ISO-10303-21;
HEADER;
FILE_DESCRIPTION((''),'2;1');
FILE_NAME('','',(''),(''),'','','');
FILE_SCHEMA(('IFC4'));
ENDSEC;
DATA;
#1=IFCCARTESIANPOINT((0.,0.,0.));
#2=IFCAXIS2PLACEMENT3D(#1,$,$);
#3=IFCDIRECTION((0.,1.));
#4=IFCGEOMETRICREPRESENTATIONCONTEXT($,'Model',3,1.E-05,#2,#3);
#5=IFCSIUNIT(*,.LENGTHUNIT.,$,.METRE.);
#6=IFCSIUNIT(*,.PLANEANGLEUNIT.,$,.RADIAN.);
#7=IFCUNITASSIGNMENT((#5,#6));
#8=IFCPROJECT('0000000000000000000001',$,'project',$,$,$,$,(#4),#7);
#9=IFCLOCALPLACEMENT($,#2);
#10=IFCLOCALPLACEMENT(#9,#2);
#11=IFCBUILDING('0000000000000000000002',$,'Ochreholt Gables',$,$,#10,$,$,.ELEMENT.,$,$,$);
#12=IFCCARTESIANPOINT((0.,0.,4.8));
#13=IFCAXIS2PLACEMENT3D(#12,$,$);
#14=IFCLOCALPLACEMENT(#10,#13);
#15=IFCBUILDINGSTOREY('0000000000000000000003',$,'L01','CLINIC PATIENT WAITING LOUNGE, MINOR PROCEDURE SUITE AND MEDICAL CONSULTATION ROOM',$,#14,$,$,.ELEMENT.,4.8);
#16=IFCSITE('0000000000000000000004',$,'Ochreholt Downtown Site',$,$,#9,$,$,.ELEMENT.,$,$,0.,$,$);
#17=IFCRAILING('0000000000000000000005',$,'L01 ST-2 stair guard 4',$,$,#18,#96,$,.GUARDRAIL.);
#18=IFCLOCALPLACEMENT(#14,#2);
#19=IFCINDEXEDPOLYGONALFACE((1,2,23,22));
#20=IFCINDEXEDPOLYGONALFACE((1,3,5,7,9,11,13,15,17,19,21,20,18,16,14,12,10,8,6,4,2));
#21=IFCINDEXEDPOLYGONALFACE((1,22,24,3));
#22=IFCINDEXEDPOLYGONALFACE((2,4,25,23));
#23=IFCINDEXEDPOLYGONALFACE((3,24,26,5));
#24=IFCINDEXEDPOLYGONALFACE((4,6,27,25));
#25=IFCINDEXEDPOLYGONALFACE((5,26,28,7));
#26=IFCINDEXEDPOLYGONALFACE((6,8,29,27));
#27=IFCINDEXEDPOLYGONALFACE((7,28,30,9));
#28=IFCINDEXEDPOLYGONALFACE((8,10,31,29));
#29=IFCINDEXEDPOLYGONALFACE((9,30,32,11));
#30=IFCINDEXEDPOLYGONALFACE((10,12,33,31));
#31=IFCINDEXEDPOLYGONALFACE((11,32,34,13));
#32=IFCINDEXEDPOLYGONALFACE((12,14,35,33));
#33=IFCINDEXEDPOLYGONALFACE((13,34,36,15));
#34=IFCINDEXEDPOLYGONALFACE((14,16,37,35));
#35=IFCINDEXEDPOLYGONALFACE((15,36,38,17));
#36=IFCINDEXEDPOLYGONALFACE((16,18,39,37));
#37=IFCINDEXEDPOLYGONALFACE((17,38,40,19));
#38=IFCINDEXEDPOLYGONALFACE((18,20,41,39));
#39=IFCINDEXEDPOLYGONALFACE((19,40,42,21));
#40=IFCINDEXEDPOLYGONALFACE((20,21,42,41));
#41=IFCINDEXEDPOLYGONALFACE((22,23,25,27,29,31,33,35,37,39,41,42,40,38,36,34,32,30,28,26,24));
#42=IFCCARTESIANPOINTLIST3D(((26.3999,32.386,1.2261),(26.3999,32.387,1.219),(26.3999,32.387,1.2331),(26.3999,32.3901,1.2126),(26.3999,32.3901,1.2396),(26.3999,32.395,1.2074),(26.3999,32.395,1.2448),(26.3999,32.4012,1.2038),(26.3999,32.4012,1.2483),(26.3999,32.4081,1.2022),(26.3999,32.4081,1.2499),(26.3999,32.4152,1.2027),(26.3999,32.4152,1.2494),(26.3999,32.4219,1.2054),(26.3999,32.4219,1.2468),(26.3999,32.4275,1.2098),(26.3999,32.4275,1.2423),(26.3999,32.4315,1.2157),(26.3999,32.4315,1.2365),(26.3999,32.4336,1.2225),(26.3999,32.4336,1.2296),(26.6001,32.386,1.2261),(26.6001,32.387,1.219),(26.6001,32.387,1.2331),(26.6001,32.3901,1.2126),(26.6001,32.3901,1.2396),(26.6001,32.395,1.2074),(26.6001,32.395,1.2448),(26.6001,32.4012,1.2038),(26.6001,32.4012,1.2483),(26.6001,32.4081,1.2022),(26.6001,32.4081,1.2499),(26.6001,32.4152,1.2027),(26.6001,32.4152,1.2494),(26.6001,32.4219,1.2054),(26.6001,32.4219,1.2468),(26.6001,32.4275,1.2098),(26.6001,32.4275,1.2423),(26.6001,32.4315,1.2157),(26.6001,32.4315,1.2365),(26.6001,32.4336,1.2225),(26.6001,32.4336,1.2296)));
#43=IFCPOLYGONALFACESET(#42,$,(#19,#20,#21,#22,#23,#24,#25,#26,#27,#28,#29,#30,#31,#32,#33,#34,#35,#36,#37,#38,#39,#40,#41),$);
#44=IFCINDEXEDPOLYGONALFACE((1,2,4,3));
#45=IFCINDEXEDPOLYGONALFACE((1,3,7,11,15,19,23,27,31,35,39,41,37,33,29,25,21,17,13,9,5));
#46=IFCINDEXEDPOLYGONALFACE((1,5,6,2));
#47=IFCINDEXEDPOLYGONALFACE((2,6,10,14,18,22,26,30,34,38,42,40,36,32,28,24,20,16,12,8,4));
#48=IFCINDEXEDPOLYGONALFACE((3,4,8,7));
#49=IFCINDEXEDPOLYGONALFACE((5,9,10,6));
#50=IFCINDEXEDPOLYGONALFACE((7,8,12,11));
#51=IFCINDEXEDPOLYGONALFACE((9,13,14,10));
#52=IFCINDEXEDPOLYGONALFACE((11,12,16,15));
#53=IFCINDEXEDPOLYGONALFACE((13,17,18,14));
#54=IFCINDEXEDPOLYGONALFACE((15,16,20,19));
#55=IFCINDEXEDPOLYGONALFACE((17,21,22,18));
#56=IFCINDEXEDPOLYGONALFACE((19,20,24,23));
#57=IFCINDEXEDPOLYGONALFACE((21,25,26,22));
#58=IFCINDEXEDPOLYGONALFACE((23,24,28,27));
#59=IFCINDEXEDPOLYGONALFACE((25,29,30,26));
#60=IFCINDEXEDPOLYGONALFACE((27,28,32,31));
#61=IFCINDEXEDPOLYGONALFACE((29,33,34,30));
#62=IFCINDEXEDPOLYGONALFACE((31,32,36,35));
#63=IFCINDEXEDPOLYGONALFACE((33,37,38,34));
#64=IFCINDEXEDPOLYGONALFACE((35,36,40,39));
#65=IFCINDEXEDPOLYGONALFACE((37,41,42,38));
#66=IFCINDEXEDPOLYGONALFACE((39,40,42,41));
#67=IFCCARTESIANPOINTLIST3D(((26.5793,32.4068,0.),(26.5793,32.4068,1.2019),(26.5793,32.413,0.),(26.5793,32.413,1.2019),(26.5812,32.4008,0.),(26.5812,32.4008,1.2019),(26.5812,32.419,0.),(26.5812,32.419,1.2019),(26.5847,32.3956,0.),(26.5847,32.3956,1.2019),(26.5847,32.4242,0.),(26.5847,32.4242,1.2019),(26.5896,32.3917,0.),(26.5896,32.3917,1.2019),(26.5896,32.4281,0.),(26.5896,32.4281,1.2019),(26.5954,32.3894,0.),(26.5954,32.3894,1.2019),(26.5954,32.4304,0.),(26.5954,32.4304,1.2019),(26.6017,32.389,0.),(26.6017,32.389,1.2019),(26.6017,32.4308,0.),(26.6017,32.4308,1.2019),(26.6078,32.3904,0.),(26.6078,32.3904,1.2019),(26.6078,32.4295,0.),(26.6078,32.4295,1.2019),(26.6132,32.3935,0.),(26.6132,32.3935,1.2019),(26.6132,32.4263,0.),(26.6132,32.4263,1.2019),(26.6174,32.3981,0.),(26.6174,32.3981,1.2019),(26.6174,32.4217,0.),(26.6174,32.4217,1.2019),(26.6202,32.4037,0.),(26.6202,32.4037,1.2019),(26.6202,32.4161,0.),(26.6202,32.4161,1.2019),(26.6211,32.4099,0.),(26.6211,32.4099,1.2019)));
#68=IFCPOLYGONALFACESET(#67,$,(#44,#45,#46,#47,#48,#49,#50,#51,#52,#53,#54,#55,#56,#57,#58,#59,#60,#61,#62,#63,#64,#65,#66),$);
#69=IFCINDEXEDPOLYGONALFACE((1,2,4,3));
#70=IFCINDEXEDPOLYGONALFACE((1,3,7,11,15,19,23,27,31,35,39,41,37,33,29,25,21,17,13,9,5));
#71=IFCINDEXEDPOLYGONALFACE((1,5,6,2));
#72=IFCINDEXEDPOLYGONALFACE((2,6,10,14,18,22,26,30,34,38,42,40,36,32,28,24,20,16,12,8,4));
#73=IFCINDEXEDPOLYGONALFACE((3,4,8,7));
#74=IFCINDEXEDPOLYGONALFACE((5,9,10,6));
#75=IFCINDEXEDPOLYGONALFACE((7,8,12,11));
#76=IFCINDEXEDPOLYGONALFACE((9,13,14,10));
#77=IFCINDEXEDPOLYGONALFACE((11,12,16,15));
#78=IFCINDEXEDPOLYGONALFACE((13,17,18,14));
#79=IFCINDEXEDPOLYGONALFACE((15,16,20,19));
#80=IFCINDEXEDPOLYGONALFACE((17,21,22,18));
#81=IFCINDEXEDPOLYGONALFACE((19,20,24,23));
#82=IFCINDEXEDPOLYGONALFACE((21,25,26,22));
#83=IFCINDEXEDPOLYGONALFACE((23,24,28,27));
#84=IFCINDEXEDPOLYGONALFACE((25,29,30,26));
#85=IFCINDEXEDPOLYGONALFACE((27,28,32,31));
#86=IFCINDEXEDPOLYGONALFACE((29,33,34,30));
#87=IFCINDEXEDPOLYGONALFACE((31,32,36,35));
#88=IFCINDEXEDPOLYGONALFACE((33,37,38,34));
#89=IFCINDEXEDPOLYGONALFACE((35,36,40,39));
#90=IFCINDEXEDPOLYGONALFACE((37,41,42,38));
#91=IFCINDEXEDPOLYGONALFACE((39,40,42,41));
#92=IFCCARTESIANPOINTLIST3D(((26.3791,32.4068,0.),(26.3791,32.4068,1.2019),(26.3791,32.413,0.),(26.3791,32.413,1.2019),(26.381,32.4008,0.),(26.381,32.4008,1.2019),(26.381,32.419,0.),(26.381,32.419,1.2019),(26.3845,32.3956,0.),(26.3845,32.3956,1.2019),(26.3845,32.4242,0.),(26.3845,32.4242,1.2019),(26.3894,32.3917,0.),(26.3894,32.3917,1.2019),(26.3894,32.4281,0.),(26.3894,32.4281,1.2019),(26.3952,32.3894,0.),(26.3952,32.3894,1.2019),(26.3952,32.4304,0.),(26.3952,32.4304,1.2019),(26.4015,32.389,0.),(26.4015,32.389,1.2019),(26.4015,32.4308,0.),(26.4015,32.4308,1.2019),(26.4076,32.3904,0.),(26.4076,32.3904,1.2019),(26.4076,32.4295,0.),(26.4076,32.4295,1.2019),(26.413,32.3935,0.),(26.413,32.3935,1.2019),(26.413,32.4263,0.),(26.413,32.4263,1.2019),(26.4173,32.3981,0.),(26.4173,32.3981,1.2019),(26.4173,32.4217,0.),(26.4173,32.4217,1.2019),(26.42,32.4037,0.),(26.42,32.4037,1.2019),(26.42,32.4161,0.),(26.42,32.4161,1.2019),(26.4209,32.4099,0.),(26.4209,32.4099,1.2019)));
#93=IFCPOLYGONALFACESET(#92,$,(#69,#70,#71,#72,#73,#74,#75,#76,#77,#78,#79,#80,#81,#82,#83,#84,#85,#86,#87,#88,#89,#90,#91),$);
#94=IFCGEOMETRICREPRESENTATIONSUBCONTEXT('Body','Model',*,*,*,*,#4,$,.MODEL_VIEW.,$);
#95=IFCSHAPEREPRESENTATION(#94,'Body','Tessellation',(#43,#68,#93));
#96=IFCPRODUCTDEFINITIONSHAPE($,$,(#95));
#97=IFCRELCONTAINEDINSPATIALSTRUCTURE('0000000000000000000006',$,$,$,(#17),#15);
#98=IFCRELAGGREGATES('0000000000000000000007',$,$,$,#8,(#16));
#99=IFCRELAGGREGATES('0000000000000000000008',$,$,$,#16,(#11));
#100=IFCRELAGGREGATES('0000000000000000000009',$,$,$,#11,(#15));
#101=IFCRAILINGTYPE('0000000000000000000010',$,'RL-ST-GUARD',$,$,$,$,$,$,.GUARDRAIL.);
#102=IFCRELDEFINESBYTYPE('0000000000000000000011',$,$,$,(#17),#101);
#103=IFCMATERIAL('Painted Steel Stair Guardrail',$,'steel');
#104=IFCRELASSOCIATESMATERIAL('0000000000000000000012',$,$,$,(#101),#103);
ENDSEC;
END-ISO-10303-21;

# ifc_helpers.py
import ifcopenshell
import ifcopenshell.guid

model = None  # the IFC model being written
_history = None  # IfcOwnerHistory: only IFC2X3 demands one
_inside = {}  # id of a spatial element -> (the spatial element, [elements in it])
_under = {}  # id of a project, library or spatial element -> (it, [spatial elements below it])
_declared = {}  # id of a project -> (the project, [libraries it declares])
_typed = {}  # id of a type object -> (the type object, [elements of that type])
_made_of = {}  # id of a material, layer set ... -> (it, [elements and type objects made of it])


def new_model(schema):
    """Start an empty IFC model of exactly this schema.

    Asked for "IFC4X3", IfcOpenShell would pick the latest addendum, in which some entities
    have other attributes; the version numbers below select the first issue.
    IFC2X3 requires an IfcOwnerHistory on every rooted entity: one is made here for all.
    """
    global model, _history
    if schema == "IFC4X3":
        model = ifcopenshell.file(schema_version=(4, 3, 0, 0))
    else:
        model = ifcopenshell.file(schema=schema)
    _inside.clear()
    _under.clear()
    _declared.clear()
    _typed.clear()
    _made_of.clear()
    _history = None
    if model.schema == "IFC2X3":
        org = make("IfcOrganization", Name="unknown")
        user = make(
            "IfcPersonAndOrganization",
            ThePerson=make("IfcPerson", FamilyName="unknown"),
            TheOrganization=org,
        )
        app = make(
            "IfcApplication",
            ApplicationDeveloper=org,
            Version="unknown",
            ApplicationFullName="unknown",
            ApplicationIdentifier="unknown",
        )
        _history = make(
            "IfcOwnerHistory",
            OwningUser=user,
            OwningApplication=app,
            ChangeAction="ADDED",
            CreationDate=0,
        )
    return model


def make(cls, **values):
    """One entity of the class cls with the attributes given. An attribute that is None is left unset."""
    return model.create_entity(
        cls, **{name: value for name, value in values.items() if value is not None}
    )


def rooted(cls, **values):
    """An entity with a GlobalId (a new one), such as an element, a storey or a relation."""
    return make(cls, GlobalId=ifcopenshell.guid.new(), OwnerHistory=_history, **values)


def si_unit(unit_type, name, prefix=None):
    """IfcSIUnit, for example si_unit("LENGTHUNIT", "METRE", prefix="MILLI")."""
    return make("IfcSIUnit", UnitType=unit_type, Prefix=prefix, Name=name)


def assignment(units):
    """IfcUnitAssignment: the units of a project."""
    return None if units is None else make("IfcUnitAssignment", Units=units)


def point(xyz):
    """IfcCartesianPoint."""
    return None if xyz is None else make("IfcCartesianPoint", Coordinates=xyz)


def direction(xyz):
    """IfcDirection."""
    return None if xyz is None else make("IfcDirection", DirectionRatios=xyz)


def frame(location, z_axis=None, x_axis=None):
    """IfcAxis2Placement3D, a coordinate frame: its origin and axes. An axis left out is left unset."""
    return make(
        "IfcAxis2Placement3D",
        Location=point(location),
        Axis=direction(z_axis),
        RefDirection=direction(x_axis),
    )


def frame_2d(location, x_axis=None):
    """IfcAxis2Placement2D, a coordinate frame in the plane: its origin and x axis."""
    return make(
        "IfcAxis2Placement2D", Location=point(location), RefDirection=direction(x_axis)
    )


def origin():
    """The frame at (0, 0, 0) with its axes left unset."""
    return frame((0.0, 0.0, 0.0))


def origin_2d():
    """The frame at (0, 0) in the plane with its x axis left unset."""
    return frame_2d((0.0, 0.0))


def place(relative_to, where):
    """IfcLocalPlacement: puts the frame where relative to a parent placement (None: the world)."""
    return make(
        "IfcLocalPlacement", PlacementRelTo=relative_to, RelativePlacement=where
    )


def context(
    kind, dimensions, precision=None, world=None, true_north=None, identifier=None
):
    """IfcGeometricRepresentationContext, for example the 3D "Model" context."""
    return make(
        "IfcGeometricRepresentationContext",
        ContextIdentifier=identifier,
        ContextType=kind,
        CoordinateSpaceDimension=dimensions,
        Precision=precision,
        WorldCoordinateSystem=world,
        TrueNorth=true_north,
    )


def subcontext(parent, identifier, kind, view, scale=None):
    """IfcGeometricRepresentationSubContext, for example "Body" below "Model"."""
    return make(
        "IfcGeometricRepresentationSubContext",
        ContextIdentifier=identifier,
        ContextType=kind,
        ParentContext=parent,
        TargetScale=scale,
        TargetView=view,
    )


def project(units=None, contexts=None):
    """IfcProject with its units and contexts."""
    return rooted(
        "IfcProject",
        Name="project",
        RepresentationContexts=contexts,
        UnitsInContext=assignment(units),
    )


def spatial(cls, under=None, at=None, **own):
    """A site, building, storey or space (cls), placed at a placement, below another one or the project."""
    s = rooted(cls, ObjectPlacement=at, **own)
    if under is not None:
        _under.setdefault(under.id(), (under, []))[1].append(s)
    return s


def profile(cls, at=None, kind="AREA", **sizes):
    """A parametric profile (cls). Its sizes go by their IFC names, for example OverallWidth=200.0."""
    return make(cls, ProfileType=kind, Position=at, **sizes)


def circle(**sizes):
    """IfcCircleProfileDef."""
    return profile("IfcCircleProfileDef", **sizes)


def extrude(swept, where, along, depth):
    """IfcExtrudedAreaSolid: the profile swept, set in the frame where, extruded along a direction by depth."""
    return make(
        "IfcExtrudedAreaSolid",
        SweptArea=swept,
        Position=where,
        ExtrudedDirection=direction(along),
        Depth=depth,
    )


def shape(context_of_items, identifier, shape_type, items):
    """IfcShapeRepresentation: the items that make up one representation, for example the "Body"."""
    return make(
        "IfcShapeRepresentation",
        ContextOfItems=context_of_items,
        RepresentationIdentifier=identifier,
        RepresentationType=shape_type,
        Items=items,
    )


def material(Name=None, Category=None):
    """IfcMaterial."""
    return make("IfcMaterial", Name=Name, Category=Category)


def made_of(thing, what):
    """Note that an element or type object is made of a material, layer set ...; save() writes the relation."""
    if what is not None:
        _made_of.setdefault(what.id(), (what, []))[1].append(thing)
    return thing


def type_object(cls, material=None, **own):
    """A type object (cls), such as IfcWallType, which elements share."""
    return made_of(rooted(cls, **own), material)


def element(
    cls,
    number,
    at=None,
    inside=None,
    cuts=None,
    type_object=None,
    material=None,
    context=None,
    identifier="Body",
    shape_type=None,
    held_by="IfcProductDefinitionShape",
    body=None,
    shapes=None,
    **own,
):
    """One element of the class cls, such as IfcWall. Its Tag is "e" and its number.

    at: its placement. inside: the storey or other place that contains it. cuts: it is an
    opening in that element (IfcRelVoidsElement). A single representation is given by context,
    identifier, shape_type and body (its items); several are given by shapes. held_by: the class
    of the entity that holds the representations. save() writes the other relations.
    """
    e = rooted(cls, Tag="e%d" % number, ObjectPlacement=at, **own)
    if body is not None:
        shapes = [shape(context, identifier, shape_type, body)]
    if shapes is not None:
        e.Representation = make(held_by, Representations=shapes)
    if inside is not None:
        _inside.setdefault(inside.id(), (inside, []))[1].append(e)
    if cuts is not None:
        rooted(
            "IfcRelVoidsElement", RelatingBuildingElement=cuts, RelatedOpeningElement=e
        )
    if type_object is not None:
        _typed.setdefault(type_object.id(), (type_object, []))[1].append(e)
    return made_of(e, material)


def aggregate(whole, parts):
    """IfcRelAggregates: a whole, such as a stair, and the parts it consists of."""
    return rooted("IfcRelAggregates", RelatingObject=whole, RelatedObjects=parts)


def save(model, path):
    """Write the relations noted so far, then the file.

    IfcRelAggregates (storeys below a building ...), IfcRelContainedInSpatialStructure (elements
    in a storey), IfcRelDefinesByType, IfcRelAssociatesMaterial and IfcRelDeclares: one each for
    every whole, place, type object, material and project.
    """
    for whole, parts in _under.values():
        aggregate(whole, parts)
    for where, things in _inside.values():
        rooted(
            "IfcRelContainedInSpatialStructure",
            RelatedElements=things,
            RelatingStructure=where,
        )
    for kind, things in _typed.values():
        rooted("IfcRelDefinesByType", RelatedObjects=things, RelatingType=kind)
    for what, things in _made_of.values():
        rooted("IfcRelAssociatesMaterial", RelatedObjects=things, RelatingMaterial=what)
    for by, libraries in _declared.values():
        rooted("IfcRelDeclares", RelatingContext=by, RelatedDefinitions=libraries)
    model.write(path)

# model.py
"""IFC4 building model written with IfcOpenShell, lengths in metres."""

from ifc_helpers import new_model, si_unit, direction, frame, origin, origin_2d, place, context, subcontext, project, spatial, circle, extrude, material, type_object, element, save


model = new_model("IFC4")

# Units and contexts
model_context = context("Model", 3, precision=1e-05, world=origin(), true_north=direction((0.0, 1.0)))
body_context = subcontext(model_context, "Body", "Model", "MODEL_VIEW")
ifc_project = project(units=[si_unit("LENGTHUNIT", "METRE"), si_unit("PLANEANGLEUNIT", "RADIAN")], contexts=[model_context])

# Site, building, storey
site_placement = place(None, origin())
site = spatial("IfcSite", under=ifc_project, at=site_placement, Name="Ochreholt Downtown Site", CompositionType="ELEMENT", RefElevation=0.0)
building_placement = place(site_placement, origin())
building = spatial("IfcBuilding", under=site, at=building_placement, Name="Ochreholt Gables", CompositionType="ELEMENT")
storey_placement = place(building_placement, frame((0.0, 0.0, 4.8)))
storey = spatial("IfcBuildingStorey", under=building, at=storey_placement, Name="L01", Description="CLINIC PATIENT WAITING LOUNGE, MINOR PROCEDURE SUITE AND MEDICAL CONSULTATION ROOM", CompositionType="ELEMENT", Elevation=4.8)

# Railing
ifc_material_1 = material(Name="Painted Steel Stair Guardrail", Category="steel")
railing_type_1 = type_object("IfcRailingType", Name="RL-ST-GUARD", PredefinedType="GUARDRAIL", material=ifc_material_1)
railing_1_placement = place(storey_placement, frame((26.6001, 32.4099, 0.0)))
element("IfcRailing", 1, at=railing_1_placement, inside=storey, type_object=railing_type_1, Name="L01 ST-2 stair guard 4", PredefinedType="GUARDRAIL", context=body_context, shape_type="SweptSolid", body=[
    extrude(circle(Radius=0.0239, at=origin_2d()), frame((0.0, 0.0, 1.2261), z_axis=(-1.0, 0.0, 0.0), x_axis=(0.0, -1.0, 0.0)), (0.0, 0.0, 1.0), 0.2002),
    extrude(circle(Radius=0.021, at=origin_2d()), origin(), (0.0, 0.0, 1.0), 1.2019),
    extrude(circle(Radius=0.021, at=origin_2d()), frame((-0.2002, 0.0, 0.0)), (0.0, 0.0, 1.0), 1.2019),
])

save(model, "model.ifc")
